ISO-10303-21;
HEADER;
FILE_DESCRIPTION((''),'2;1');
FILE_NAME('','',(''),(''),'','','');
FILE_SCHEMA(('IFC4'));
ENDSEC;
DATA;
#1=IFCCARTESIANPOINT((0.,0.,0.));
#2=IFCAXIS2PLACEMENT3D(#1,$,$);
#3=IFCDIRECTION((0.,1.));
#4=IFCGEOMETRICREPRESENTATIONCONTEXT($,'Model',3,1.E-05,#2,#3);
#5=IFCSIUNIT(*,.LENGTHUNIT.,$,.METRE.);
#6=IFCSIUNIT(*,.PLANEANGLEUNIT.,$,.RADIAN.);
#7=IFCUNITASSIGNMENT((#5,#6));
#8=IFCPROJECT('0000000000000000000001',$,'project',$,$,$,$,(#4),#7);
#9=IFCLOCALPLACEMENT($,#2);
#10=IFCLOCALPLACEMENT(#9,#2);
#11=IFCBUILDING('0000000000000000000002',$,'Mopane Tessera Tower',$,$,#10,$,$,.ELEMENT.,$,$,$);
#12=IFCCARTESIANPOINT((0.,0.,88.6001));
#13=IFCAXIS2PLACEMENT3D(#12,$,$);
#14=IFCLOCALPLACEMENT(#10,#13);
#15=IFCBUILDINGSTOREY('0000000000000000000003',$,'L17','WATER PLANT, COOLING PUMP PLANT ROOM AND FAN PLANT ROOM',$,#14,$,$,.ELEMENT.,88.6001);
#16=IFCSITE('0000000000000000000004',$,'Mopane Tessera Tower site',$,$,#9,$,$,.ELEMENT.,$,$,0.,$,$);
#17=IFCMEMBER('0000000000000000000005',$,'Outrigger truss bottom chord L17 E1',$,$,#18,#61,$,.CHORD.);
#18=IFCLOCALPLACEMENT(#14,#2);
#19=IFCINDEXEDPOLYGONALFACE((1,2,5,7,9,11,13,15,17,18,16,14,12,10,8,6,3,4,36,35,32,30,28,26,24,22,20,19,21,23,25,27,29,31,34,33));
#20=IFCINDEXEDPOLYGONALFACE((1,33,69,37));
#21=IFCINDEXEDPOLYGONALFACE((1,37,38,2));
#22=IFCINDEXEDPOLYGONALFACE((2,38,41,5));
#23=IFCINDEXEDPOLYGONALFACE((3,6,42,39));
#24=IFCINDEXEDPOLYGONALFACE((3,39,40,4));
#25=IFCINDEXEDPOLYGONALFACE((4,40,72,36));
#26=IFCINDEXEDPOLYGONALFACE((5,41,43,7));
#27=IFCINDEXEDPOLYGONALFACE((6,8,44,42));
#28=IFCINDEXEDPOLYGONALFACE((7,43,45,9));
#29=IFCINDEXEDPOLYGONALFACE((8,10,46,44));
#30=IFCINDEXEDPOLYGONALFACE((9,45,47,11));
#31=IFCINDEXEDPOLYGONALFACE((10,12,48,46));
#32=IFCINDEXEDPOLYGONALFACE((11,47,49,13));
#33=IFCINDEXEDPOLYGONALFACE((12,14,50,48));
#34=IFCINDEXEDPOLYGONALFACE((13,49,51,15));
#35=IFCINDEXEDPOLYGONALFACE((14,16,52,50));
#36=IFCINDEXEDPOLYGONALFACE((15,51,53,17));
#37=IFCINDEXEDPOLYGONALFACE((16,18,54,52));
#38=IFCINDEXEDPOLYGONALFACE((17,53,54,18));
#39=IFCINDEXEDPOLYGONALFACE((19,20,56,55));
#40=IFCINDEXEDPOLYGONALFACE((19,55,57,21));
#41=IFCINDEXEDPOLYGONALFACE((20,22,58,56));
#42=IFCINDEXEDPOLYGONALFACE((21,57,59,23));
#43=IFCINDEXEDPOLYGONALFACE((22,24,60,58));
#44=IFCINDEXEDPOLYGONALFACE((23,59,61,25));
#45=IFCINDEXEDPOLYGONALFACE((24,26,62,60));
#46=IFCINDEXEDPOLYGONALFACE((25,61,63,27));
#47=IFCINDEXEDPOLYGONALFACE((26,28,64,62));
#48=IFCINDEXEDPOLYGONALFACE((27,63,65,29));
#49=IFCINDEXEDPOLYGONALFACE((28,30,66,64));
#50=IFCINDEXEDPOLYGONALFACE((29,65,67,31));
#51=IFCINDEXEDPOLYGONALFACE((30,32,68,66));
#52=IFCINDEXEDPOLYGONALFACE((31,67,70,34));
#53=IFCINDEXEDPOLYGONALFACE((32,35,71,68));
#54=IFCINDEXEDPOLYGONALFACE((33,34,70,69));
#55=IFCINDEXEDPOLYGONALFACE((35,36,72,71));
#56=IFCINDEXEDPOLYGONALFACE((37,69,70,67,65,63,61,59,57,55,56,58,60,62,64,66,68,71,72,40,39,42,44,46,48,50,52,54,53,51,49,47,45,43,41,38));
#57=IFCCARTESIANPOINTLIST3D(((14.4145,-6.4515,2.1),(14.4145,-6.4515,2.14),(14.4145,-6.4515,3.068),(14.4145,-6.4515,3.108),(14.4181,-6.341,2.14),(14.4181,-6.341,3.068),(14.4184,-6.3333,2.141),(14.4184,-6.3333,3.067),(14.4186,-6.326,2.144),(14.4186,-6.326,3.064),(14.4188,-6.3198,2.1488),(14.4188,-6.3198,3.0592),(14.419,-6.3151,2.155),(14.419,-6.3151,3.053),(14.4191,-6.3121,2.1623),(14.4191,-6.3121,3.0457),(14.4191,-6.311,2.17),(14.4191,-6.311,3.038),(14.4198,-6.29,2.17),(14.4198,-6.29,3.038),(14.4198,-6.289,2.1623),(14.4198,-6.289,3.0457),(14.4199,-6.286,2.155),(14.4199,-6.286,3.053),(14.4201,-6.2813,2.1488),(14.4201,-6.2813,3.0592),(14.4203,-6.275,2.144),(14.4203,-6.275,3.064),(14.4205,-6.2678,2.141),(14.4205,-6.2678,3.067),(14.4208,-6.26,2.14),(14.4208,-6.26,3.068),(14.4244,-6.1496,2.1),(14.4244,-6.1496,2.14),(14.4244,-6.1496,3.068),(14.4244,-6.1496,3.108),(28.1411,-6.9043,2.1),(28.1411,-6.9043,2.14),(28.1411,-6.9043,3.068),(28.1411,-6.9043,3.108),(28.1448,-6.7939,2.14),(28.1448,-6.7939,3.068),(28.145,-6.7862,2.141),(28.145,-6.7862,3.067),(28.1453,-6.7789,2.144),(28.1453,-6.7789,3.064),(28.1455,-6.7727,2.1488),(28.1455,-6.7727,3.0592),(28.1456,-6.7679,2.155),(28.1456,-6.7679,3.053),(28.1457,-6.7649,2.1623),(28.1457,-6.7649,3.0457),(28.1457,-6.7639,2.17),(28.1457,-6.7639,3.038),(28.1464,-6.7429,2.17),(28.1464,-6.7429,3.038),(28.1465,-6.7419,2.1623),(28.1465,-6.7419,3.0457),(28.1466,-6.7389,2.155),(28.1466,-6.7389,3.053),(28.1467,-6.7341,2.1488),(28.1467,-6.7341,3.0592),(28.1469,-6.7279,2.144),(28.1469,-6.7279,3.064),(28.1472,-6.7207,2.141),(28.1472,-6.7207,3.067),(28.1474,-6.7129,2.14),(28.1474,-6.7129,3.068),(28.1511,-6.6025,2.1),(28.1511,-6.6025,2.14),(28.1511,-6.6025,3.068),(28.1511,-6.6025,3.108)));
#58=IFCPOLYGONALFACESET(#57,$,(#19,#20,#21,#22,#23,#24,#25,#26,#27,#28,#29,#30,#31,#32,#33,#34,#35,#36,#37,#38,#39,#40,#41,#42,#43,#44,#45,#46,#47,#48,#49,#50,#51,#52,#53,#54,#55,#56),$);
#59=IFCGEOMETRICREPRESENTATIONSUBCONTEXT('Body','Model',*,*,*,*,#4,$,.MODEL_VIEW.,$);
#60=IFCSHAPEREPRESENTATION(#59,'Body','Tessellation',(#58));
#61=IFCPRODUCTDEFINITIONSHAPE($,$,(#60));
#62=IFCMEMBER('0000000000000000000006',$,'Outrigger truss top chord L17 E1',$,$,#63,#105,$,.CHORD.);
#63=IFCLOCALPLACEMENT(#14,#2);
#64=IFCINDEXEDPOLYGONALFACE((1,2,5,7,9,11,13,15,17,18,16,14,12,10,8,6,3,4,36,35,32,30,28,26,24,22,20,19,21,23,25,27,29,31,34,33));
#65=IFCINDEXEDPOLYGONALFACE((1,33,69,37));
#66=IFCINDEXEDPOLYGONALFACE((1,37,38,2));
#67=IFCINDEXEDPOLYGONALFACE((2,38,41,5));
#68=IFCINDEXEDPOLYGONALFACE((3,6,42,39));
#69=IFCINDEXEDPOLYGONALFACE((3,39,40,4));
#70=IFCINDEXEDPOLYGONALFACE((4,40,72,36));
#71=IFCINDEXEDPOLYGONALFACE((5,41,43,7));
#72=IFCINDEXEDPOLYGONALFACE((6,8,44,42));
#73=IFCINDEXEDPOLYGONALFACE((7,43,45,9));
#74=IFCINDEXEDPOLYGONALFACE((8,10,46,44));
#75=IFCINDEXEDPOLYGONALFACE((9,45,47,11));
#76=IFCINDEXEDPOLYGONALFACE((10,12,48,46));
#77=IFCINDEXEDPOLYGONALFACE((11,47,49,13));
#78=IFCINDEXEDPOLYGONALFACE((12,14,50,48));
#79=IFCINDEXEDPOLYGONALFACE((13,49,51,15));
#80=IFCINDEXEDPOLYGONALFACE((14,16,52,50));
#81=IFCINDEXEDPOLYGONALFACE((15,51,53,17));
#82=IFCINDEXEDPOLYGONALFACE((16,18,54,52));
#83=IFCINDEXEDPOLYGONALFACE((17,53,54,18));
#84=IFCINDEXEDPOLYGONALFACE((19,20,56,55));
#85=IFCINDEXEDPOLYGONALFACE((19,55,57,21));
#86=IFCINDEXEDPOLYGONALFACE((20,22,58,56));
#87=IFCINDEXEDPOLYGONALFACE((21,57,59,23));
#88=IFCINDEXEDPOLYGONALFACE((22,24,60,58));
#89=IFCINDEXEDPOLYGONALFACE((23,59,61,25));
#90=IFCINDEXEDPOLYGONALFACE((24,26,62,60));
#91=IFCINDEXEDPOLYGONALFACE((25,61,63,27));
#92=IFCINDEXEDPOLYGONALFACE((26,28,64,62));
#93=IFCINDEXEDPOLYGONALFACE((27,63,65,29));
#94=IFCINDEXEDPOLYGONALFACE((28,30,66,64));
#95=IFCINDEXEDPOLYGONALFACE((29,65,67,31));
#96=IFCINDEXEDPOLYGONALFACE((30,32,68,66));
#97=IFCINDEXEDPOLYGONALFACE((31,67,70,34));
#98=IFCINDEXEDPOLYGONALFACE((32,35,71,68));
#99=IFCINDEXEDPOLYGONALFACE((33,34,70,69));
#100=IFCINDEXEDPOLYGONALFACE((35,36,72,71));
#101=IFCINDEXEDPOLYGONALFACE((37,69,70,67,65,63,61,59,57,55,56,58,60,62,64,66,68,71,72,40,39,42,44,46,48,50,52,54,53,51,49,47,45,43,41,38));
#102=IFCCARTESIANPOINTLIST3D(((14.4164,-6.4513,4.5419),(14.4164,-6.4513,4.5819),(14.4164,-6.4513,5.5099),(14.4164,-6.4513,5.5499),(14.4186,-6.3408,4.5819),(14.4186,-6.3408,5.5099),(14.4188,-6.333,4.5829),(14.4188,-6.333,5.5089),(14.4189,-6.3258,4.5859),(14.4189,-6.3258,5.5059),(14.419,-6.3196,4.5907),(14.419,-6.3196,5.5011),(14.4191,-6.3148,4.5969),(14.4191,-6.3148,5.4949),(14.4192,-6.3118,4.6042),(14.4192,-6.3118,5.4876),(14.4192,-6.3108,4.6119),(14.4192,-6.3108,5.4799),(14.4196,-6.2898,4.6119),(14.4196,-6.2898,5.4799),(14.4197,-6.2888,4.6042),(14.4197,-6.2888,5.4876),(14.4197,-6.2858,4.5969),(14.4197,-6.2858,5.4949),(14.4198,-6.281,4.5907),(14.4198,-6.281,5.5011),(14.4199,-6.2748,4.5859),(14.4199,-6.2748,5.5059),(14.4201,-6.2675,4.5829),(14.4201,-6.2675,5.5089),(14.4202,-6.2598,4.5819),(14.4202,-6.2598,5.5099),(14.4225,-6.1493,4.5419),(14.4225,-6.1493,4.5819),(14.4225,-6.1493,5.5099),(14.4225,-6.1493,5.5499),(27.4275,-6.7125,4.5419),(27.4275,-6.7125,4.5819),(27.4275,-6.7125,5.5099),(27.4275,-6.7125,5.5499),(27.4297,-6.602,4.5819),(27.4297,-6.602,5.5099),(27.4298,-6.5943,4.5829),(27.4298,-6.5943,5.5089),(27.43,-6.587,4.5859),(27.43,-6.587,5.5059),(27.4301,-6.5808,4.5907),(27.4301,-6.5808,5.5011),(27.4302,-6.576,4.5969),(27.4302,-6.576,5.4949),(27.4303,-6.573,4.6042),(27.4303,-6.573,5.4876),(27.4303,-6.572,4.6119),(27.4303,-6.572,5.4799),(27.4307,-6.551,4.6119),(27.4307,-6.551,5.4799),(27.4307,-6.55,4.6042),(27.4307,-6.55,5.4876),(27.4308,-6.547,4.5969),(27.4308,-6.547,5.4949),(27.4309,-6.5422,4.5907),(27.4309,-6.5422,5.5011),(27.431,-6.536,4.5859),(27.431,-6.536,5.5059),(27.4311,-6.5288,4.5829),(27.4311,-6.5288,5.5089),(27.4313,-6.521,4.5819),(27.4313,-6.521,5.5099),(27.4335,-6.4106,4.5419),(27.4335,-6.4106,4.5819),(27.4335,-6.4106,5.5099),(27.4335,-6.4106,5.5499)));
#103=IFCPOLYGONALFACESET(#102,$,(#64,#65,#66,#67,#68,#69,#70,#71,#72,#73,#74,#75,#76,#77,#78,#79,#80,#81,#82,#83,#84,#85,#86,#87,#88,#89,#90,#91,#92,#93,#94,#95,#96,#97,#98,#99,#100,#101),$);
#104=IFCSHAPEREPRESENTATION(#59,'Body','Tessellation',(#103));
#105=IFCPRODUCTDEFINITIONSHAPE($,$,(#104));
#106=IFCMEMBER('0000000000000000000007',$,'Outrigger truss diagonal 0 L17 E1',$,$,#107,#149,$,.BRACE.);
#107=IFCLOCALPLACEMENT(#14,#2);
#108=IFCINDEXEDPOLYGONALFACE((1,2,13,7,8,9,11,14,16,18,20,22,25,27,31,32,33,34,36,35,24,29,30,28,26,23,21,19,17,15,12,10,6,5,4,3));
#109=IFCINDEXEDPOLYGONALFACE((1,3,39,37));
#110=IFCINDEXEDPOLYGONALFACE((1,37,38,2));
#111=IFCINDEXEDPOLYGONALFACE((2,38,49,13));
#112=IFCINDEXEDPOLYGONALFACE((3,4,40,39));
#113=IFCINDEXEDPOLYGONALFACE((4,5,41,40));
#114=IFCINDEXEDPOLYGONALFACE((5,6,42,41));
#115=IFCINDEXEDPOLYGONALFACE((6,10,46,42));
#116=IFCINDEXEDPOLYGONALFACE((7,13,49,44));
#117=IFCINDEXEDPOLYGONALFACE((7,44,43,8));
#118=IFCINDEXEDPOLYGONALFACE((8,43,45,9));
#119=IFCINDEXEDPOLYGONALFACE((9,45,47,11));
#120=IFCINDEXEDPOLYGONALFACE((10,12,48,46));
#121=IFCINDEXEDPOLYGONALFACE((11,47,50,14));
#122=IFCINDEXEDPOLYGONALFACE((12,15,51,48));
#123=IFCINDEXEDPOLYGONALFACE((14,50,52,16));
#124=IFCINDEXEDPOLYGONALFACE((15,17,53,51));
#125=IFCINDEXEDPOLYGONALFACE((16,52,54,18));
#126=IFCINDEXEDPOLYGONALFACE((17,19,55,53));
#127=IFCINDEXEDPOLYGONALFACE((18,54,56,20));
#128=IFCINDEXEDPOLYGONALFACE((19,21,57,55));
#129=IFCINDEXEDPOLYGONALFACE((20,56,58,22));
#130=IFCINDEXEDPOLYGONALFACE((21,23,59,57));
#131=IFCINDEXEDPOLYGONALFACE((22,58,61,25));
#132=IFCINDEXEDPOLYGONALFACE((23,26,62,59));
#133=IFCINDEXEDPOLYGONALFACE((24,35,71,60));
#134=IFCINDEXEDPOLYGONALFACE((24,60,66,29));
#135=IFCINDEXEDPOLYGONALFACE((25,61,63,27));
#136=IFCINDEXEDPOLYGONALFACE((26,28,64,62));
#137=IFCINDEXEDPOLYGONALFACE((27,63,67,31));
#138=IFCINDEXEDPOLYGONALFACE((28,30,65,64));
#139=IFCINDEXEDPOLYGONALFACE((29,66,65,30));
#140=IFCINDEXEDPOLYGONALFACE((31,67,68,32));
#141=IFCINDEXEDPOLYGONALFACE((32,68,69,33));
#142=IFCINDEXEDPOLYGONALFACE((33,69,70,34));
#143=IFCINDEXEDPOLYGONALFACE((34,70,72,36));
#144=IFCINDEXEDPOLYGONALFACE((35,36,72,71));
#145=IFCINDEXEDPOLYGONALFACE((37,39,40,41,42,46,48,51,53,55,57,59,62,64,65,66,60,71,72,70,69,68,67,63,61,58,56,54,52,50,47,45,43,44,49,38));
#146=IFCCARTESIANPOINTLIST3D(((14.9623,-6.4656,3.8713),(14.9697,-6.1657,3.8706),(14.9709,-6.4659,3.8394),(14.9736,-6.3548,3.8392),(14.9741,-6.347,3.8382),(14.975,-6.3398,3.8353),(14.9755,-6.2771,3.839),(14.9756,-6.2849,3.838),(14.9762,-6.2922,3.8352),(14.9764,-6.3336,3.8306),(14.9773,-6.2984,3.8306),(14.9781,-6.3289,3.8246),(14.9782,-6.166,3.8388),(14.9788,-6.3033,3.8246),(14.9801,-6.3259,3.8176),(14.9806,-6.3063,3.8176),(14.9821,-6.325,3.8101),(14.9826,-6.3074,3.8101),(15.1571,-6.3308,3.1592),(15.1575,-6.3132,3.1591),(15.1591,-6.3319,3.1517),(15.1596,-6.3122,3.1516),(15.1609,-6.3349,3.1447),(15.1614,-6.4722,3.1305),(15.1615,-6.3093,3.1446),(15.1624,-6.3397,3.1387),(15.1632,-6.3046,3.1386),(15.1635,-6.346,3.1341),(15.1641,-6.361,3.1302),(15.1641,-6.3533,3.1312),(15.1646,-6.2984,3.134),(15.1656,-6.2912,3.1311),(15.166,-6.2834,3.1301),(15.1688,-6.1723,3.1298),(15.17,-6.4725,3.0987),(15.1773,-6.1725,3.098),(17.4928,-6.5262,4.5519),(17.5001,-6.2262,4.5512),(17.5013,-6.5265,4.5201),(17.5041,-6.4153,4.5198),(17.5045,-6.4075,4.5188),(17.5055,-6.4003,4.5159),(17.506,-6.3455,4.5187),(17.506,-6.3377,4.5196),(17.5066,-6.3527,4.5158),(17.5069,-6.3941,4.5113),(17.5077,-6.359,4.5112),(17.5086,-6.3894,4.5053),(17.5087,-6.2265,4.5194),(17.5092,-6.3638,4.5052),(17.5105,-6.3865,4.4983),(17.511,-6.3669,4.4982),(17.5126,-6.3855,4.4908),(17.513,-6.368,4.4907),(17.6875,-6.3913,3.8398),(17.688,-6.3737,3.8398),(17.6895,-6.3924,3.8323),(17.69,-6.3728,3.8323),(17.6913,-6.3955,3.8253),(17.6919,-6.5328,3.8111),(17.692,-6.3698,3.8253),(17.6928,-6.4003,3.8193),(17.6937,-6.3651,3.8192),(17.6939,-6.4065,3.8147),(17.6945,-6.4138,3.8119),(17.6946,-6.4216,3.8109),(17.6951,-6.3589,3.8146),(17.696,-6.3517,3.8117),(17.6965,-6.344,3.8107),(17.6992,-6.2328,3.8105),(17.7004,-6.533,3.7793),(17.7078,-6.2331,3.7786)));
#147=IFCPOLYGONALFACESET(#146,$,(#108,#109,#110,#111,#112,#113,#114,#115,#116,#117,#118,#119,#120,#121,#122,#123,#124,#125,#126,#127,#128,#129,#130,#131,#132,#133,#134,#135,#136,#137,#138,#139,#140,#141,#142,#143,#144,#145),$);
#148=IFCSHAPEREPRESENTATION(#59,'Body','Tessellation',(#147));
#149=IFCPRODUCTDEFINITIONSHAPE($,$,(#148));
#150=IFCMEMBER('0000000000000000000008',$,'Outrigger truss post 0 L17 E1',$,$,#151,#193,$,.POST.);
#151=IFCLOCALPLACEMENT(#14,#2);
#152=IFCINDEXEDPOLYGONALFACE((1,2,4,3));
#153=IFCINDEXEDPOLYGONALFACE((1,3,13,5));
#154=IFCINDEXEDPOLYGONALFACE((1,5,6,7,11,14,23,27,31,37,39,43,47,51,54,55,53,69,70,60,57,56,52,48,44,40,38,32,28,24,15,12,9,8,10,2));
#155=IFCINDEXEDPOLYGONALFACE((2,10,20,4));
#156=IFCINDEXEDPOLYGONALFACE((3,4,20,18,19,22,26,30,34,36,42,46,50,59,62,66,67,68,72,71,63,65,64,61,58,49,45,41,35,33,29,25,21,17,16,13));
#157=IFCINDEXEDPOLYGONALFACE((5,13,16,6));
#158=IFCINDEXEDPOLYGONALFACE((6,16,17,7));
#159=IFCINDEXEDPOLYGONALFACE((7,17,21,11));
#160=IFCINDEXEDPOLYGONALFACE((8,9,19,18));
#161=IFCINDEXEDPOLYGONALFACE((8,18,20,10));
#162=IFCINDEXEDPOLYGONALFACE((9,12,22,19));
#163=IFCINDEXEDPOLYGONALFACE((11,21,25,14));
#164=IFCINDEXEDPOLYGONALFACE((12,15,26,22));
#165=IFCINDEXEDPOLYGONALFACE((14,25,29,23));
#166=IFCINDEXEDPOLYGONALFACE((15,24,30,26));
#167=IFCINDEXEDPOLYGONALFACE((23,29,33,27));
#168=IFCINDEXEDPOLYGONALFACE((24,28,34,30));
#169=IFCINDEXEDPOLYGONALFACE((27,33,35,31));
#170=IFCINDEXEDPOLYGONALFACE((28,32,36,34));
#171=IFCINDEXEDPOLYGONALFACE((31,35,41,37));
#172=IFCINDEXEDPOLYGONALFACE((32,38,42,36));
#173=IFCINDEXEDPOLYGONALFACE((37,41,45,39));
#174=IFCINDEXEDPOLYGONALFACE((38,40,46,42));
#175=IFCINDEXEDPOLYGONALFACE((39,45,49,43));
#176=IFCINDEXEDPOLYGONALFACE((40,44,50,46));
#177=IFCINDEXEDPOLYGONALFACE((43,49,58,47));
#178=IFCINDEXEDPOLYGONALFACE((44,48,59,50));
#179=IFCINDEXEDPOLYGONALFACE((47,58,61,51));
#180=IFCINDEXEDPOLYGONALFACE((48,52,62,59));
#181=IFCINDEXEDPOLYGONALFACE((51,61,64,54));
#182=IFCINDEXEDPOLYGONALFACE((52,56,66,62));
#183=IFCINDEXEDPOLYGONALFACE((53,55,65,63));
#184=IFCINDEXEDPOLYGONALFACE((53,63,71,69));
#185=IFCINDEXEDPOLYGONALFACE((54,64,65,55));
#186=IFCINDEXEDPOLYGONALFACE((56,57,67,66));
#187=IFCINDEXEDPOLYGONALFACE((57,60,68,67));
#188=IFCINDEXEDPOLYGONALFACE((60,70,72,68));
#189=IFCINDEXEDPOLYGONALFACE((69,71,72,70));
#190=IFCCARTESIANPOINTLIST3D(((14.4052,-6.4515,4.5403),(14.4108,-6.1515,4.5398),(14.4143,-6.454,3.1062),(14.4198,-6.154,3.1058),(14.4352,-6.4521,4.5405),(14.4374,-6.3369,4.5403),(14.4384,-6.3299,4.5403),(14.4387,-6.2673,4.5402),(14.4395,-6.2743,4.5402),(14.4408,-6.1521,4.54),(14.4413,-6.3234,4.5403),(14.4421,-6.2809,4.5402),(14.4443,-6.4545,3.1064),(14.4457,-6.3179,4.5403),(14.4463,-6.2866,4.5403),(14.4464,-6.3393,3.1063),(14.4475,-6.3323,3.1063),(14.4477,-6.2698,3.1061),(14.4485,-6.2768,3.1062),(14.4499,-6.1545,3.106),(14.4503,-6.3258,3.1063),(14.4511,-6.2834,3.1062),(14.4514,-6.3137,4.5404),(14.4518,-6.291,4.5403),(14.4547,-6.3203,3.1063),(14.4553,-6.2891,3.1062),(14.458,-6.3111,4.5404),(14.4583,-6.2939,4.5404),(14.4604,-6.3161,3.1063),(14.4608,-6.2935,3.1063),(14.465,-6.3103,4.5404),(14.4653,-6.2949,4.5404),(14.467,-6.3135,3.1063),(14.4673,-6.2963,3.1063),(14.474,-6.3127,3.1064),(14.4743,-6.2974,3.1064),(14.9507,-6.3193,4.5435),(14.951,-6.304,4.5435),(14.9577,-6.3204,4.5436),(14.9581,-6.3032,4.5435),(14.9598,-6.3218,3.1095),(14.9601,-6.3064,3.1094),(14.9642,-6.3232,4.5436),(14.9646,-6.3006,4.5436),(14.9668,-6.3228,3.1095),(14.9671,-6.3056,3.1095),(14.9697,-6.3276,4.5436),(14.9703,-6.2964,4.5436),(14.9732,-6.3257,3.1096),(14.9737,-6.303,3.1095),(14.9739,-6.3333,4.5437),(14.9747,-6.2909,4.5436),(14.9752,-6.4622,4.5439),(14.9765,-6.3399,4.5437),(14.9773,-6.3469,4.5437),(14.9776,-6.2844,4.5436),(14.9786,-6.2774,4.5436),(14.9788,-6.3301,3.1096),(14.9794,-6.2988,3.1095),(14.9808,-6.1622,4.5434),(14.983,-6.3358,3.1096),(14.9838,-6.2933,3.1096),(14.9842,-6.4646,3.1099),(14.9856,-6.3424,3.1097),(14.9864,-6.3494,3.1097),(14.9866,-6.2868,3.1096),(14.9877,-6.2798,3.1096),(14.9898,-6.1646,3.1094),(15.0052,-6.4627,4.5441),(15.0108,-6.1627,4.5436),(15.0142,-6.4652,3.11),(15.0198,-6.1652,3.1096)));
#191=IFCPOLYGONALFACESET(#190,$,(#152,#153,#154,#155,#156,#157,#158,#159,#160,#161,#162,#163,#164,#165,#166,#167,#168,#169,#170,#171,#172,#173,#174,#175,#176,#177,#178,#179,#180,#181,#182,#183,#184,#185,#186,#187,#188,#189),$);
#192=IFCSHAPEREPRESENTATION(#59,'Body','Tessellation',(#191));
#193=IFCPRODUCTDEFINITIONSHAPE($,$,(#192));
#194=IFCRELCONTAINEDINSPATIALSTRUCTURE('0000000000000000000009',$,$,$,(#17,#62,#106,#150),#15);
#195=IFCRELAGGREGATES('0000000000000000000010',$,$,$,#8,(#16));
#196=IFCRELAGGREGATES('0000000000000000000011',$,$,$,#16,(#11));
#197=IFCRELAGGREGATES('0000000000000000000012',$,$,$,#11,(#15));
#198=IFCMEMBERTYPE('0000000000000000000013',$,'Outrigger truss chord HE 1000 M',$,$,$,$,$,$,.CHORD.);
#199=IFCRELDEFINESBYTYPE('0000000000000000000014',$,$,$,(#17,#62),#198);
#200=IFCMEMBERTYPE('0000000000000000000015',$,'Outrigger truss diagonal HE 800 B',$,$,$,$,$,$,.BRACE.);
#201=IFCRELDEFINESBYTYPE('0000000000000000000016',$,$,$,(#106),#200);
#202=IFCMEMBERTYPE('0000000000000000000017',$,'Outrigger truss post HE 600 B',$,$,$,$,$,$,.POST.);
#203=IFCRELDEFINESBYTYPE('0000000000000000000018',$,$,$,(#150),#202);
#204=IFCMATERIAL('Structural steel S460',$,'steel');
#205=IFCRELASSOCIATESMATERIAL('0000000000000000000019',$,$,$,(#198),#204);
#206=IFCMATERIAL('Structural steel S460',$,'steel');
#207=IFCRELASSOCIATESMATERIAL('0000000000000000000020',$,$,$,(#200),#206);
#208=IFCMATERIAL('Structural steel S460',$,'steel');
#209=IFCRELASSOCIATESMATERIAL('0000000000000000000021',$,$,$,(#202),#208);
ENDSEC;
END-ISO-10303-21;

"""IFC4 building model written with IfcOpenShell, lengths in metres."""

from ifc_helpers import new_model, si_unit, direction, frame, origin, origin_2d, place, context, subcontext, project, spatial, i_section, extrude, material, material_profile, profile_set, type_object, element, save


model = new_model("IFC4")

# Units and contexts
model_context = context("Model", 3, precision=1e-05, world=origin(), true_north=direction((0.0, 1.0)))
body_context = subcontext(model_context, "Body", "Model", "MODEL_VIEW")
ifc_project = project(units=[si_unit("LENGTHUNIT", "METRE"), si_unit("PLANEANGLEUNIT", "RADIAN")], contexts=[model_context])

# Site, building, storey
site_placement = place(None, origin())
site = spatial("IfcSite", under=ifc_project, at=site_placement, Name="Mopane Tessera Tower site", CompositionType="ELEMENT", RefElevation=0.0)
building_placement = place(site_placement, origin())
building = spatial("IfcBuilding", under=site, at=building_placement, Name="Mopane Tessera Tower", CompositionType="ELEMENT")
storey_placement = place(building_placement, frame((0.0, 0.0, 88.6001)))
storey = spatial("IfcBuildingStorey", under=building, at=storey_placement, Name="L17", Description="WATER PLANT, COOLING PUMP PLANT ROOM AND FAN PLANT ROOM", CompositionType="ELEMENT", Elevation=88.6001)

# Members
ifc_material_1 = material(Name="Structural steel S460", Category="steel")
ifc_material_profile_1 = material_profile(ifc_material_1, i_section(OverallWidth=0.302, OverallDepth=1.0081, WebThickness=0.021, FlangeThickness=0.04, FilletRadius=0.03, at=origin_2d()))
ifc_profile_set_1 = profile_set([ifc_material_profile_1], Name="Structural steel S460")
member_type_1 = type_object("IfcMemberType", Name="Outrigger truss chord HE 1000 M", PredefinedType="CHORD", material=ifc_profile_set_1)
member_1_placement = place(storey_placement, frame((14.4194, -6.3005, 2.604), z_axis=(0.999456, -0.032975, 0.0), x_axis=(0.032975, 0.999456, 0.0)))
element("IfcMember", 1, at=member_1_placement, inside=storey, type_object=member_type_1, Name="Outrigger truss bottom chord L17 E1", PredefinedType="CHORD", context=body_context, shape_type="SweptSolid", body=[
    extrude(i_section(OverallWidth=0.302, OverallDepth=1.0081, WebThickness=0.021, FlangeThickness=0.04, FilletRadius=0.03, at=origin_2d()), origin(), (0.0, 0.0, 1.0), 13.7341),
])
member_2_placement = place(storey_placement, frame((14.4194, -6.3003, 5.0459), z_axis=(0.999799, -0.020074, 0.0), x_axis=(0.020074, 0.999799, 0.0)))
element("IfcMember", 2, at=member_2_placement, inside=storey, type_object=member_type_1, Name="Outrigger truss top chord L17 E1", PredefinedType="CHORD", context=body_context, shape_type="SweptSolid", body=[
    extrude(i_section(OverallWidth=0.302, OverallDepth=1.0081, WebThickness=0.021, FlangeThickness=0.04, FilletRadius=0.03, at=origin_2d()), origin(), (0.0, 0.0, 1.0), 13.0137),
])
ifc_material_2 = material(Name="Structural steel S460", Category="steel")
ifc_material_profile_2 = material_profile(ifc_material_2, i_section(OverallWidth=0.3, OverallDepth=0.8, WebThickness=0.0176, FlangeThickness=0.033, FilletRadius=0.03, at=origin_2d()))
ifc_profile_set_2 = profile_set([ifc_material_profile_2], Name="Structural steel S460")
member_type_2 = type_object("IfcMemberType", Name="Outrigger truss diagonal HE 800 B", PredefinedType="BRACE", material=ifc_profile_set_2)
member_3_placement = place(storey_placement, frame((15.0698, -6.3191, 3.4846), z_axis=(0.965418, -0.023099, 0.25968), x_axis=(0.02453, 0.999697, -0.002272)))
element("IfcMember", 3, at=member_3_placement, inside=storey, type_object=member_type_2, Name="Outrigger truss diagonal 0 L17 E1", PredefinedType="BRACE", context=body_context, shape_type="SweptSolid", body=[
    extrude(i_section(OverallWidth=0.3, OverallDepth=0.8, WebThickness=0.0176, FlangeThickness=0.033, FilletRadius=0.03, at=origin_2d()), origin(), (0.0, 0.0, 1.0), 2.6211),
])
ifc_material_3 = material(Name="Structural steel S460", Category="steel")
ifc_material_profile_3 = material_profile(ifc_material_3, i_section(OverallWidth=0.3, OverallDepth=0.6001, WebThickness=0.0154, FlangeThickness=0.03, FilletRadius=0.0271, at=origin_2d()))
ifc_profile_set_3 = profile_set([ifc_material_profile_3], Name="Structural steel S460")
member_type_3 = type_object("IfcMemberType", Name="Outrigger truss post HE 600 B", PredefinedType="POST", material=ifc_profile_set_3)
member_4_placement = place(storey_placement, frame((14.717, -6.3096, 3.1079), z_axis=(-0.006299, 0.001702, 0.999979), x_axis=(0.018652, 0.999825, -0.001585)))
element("IfcMember", 4, at=member_4_placement, inside=storey, type_object=member_type_3, Name="Outrigger truss post 0 L17 E1", PredefinedType="POST", context=body_context, shape_type="SweptSolid", body=[
    extrude(i_section(OverallWidth=0.3, OverallDepth=0.6001, WebThickness=0.0154, FlangeThickness=0.03, FilletRadius=0.0271, at=origin_2d()), origin(), (0.0, 0.0, 1.0), 1.4341),
])

save(model, "model.ifc")
